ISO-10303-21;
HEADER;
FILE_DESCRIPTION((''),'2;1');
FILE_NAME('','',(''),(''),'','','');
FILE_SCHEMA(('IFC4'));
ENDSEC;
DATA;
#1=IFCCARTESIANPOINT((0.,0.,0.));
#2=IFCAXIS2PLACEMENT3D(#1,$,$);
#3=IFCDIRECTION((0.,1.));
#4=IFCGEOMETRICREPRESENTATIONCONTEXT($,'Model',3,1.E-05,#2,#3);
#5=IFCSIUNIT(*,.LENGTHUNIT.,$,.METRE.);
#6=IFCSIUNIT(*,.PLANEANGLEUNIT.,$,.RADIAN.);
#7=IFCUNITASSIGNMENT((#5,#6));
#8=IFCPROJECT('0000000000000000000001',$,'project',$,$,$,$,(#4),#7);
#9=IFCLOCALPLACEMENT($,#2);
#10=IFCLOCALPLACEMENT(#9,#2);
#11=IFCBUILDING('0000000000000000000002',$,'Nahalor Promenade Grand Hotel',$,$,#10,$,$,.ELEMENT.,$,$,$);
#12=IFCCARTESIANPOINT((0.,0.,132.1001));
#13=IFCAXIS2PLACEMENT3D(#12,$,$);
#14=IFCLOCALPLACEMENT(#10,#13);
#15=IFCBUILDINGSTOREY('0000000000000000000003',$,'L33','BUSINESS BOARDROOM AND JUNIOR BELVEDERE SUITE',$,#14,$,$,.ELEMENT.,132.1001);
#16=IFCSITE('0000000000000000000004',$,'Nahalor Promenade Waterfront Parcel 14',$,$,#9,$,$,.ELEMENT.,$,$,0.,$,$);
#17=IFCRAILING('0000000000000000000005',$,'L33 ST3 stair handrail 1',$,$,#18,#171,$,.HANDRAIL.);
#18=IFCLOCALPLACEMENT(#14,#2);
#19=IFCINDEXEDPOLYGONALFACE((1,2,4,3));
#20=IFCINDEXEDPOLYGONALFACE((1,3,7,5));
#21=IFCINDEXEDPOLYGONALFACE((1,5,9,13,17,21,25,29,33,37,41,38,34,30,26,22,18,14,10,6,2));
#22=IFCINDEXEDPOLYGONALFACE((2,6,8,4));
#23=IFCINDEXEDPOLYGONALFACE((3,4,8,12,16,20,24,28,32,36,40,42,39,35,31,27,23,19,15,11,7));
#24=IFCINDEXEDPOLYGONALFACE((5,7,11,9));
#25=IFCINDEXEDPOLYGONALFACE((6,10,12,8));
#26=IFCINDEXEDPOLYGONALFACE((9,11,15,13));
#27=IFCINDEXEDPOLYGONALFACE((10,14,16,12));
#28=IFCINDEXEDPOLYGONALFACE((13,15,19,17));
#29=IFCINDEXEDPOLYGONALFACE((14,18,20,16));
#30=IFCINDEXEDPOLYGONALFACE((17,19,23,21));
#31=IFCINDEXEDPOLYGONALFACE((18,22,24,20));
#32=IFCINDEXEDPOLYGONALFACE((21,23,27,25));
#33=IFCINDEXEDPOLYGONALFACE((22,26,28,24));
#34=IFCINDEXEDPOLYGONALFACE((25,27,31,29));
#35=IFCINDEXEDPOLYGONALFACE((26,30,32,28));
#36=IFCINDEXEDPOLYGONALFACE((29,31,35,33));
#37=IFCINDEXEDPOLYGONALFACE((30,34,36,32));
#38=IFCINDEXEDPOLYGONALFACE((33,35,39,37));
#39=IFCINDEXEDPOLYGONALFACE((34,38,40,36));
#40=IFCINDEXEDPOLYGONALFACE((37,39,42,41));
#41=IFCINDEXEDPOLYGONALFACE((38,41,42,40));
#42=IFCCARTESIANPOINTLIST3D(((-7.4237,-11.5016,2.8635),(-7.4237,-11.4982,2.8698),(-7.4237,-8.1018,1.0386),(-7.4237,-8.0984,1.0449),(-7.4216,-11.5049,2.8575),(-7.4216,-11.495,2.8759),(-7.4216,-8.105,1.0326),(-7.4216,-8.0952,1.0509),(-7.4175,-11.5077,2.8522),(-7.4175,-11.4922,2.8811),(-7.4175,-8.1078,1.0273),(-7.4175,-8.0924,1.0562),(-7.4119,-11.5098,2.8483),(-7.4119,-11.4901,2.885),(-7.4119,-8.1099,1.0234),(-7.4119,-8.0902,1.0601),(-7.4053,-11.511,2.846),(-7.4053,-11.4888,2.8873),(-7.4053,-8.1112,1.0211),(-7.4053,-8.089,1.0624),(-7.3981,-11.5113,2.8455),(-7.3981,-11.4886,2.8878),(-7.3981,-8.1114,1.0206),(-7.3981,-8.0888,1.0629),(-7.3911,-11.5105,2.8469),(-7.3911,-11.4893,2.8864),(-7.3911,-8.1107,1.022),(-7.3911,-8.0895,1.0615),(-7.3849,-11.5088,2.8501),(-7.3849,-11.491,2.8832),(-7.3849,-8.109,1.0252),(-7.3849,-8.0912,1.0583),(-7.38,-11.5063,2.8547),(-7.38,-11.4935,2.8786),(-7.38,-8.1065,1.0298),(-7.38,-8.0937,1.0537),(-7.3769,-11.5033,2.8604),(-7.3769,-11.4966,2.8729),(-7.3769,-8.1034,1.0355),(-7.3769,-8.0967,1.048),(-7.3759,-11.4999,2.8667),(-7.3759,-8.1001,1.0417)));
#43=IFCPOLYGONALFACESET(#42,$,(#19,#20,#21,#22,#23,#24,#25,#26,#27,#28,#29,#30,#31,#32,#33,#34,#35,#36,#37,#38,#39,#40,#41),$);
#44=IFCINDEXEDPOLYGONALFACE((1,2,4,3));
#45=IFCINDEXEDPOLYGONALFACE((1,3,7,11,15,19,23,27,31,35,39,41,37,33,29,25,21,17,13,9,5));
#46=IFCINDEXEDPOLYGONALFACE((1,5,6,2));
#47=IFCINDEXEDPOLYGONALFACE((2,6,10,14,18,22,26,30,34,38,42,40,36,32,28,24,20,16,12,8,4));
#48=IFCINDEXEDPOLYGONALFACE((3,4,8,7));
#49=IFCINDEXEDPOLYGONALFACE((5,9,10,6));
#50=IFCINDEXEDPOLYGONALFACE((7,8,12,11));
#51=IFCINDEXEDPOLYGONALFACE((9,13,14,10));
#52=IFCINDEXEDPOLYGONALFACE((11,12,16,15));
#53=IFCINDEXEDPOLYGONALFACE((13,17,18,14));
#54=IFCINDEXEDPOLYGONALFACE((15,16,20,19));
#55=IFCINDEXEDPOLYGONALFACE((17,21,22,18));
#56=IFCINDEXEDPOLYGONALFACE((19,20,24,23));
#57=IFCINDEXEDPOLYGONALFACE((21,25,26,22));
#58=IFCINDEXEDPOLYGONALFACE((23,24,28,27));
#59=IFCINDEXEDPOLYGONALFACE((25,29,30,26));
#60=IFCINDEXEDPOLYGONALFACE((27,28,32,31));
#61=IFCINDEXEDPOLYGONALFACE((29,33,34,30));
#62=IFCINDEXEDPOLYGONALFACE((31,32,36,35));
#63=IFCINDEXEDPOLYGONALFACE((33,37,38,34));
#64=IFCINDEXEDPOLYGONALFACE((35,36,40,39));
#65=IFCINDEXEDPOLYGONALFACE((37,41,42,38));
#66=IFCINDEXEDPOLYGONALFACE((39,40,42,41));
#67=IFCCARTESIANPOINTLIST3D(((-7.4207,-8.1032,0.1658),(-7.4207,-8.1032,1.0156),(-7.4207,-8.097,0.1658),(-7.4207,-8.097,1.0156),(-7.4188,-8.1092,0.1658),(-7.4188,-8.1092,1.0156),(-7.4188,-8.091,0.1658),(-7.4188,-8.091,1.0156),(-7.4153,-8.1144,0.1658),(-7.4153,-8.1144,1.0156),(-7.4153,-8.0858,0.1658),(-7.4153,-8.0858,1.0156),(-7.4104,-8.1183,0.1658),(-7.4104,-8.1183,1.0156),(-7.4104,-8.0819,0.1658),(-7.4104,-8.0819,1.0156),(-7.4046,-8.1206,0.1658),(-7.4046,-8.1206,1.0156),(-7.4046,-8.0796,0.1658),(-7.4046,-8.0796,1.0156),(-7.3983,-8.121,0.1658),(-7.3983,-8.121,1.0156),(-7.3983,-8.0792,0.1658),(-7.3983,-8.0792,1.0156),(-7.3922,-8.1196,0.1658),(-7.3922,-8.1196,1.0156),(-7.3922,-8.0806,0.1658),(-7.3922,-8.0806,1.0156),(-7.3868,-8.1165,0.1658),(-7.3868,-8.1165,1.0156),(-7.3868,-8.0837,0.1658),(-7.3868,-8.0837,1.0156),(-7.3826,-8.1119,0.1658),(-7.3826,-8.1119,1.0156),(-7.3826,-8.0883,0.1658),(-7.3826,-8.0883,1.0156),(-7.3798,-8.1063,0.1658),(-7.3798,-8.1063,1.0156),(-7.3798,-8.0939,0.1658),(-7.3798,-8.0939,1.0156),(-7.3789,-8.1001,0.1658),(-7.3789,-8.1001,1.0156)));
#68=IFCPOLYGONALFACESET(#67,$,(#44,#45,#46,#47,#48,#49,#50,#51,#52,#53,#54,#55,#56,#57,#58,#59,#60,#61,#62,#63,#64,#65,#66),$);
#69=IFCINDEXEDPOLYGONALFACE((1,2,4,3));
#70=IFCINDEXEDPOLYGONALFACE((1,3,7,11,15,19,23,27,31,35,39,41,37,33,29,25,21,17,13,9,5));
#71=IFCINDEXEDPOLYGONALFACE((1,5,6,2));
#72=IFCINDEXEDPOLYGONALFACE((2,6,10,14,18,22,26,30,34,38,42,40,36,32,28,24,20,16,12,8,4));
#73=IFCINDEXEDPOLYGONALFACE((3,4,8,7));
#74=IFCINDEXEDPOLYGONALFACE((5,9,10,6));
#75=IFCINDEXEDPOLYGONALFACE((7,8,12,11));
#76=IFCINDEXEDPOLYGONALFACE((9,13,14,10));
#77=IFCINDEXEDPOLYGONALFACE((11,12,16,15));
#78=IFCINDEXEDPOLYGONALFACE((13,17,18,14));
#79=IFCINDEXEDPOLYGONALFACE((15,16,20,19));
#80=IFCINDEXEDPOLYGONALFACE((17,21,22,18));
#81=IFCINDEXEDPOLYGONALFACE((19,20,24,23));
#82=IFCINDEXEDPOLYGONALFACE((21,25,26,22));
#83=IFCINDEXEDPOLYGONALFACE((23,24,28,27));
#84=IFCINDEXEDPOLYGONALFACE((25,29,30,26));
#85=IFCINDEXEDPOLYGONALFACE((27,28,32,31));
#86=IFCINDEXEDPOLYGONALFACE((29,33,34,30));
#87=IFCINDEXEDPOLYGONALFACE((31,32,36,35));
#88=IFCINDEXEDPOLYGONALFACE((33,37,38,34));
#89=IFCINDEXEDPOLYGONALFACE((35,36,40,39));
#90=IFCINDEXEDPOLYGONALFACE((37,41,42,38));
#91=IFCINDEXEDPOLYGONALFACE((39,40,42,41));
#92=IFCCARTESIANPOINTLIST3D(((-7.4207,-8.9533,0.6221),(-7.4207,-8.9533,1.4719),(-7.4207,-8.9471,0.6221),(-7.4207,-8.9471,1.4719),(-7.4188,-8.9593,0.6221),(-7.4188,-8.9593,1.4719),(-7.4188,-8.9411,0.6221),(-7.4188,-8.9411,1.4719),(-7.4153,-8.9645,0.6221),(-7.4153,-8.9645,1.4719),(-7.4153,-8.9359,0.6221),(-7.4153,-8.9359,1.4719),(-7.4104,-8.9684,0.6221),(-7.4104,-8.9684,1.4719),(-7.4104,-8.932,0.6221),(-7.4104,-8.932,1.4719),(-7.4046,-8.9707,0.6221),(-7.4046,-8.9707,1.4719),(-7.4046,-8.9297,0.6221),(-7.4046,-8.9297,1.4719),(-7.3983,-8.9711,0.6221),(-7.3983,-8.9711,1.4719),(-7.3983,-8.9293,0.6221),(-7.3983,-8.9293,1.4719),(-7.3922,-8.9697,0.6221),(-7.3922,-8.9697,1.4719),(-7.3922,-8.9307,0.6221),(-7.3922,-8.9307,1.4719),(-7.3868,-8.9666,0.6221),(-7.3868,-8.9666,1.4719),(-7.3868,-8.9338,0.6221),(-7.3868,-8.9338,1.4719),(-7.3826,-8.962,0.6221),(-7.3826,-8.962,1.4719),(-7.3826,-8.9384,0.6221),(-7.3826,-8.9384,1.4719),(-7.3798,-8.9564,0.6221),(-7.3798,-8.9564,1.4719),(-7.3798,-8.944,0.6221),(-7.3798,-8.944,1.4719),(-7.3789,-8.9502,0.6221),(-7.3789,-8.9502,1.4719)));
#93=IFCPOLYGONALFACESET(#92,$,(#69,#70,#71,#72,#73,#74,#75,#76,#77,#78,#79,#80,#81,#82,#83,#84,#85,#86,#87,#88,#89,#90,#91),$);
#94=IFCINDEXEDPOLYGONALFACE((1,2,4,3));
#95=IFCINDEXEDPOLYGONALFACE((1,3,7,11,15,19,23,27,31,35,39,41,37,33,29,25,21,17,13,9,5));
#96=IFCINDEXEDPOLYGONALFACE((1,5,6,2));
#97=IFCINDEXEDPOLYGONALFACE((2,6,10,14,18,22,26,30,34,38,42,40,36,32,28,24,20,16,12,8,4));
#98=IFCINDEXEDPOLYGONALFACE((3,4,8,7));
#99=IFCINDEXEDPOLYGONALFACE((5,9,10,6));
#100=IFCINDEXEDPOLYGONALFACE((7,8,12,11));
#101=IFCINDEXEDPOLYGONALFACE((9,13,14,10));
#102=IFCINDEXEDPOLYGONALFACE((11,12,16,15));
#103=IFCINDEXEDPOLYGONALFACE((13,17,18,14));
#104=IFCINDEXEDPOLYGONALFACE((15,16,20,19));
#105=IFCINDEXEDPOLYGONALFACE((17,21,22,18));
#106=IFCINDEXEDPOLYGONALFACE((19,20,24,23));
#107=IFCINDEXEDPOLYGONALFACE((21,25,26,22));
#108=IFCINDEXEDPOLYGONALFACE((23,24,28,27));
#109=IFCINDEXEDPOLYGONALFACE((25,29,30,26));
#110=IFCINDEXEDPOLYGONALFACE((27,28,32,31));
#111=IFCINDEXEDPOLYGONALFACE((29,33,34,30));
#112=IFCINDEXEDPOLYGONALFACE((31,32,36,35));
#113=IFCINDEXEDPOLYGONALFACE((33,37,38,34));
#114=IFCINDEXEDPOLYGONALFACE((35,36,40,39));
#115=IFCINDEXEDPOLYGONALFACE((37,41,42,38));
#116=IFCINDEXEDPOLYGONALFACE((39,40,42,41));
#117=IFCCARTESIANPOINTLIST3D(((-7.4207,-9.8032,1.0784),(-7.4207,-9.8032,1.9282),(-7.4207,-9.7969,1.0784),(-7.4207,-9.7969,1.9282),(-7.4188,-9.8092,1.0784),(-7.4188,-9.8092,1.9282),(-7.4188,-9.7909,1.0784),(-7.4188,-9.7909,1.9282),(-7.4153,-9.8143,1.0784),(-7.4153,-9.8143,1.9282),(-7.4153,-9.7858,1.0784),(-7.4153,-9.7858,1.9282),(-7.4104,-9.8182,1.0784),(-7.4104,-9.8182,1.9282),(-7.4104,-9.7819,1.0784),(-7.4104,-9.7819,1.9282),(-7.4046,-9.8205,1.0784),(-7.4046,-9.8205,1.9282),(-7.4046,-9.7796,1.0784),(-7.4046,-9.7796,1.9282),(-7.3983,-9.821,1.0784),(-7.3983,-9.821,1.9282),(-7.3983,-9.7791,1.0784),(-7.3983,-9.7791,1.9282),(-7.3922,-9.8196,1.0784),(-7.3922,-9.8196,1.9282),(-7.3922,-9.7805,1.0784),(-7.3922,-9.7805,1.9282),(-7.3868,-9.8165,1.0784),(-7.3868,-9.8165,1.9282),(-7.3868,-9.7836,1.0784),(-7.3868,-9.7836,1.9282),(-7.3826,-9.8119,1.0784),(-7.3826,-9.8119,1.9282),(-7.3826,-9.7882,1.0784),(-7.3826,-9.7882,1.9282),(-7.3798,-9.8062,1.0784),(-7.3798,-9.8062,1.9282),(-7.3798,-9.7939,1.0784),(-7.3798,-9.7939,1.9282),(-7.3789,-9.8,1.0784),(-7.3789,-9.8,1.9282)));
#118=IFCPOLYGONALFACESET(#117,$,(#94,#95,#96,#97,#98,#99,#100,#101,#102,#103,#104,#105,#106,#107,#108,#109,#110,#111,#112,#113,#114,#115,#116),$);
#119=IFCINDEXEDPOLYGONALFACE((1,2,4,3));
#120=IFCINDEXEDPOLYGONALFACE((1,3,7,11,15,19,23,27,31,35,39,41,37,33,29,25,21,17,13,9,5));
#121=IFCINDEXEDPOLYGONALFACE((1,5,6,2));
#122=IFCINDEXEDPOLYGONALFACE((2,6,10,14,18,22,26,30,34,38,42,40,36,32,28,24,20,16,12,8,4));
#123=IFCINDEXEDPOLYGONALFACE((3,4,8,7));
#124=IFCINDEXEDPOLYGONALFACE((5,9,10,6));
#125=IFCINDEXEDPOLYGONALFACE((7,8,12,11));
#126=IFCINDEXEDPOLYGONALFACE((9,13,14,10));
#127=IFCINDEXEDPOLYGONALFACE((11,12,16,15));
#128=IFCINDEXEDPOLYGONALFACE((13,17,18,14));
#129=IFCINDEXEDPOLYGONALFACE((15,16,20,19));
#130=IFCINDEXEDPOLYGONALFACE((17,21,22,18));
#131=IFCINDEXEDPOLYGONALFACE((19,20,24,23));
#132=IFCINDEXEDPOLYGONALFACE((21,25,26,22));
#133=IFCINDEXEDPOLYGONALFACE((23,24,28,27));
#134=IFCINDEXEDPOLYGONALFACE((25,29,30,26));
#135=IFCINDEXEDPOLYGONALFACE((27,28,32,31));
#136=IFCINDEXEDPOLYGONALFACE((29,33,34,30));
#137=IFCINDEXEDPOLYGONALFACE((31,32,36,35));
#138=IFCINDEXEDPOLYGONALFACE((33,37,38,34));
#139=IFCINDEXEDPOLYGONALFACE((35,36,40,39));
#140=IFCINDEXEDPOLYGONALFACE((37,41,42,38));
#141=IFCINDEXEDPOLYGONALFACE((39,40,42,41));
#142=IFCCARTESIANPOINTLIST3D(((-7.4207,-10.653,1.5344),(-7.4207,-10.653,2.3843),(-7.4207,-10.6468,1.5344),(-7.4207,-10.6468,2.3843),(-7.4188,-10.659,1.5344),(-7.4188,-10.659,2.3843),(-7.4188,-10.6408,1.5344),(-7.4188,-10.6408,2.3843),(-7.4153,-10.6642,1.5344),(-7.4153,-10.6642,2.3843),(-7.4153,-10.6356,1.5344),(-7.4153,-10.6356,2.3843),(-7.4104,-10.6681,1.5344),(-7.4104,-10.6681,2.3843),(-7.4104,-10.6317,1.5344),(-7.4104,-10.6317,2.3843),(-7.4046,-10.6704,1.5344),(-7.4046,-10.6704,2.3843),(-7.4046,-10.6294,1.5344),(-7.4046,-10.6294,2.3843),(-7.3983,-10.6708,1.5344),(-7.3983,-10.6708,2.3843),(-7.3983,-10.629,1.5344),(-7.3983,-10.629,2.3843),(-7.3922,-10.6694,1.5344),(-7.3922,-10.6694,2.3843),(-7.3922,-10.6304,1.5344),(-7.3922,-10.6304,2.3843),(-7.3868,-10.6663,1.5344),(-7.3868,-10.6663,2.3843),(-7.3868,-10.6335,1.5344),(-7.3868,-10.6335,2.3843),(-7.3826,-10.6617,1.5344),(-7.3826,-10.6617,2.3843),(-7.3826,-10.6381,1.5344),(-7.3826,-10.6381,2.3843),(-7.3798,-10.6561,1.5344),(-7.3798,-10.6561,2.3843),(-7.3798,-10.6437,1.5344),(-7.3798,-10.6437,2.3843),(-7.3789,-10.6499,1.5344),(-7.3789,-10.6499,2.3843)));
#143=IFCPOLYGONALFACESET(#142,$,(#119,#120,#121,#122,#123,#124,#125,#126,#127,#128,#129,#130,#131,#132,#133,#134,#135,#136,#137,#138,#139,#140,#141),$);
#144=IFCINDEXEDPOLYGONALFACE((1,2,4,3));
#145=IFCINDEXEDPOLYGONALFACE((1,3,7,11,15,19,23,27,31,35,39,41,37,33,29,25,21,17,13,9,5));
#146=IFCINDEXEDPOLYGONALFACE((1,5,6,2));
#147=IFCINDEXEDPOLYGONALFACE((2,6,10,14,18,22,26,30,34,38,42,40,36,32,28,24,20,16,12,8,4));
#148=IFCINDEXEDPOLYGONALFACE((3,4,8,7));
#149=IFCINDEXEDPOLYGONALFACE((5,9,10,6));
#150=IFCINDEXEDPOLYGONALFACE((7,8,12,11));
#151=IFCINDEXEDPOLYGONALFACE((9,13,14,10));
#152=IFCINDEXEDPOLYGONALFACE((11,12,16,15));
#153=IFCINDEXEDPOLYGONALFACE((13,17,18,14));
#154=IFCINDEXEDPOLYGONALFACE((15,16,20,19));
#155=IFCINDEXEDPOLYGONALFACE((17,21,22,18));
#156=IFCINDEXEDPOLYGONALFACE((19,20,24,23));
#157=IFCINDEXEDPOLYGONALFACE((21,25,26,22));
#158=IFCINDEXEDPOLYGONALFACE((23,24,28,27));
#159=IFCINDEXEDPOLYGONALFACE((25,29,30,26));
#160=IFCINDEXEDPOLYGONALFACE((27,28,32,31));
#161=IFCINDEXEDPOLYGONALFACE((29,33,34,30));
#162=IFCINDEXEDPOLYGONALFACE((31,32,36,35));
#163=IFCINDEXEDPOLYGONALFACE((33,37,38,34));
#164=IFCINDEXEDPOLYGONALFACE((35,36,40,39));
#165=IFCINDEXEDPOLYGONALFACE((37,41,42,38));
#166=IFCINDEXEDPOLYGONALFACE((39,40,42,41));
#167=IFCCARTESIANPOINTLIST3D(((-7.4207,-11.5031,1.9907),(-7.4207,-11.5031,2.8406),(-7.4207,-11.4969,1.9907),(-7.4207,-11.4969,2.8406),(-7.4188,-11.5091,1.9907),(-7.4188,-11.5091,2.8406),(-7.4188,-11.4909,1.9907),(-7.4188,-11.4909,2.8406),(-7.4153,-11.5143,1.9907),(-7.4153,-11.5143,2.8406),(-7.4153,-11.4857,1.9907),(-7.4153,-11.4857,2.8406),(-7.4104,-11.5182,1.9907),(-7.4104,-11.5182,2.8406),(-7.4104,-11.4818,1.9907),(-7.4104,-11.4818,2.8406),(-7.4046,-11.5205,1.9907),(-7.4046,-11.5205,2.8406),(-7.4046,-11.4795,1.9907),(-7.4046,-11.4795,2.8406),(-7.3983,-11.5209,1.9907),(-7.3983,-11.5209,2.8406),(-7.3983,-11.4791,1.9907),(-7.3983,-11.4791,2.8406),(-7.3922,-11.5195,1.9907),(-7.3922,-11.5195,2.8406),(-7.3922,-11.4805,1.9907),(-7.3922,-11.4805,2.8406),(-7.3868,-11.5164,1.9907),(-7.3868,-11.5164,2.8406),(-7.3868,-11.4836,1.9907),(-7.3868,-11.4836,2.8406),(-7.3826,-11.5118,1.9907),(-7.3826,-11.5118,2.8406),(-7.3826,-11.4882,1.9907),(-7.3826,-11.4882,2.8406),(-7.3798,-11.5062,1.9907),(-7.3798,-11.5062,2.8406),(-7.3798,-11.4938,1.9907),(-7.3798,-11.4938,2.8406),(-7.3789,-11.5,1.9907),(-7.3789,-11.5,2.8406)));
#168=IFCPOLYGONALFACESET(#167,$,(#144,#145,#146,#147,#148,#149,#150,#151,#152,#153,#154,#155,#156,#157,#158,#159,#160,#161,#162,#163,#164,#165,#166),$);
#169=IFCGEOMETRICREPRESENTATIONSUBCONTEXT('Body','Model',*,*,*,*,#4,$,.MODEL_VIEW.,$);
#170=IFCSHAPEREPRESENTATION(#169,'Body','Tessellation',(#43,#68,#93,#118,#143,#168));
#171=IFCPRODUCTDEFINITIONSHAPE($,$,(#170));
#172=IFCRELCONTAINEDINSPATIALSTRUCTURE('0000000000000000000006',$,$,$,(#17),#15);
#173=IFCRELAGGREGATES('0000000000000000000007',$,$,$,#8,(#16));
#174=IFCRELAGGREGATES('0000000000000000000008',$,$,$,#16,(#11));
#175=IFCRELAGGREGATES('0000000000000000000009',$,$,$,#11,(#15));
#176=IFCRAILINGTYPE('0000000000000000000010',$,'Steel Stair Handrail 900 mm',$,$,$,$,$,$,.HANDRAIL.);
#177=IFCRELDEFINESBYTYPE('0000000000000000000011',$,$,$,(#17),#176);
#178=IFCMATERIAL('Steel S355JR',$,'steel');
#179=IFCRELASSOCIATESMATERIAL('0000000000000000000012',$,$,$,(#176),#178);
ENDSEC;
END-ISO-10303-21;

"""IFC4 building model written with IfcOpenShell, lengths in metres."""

from ifc_helpers import new_model, si_unit, direction, frame, origin, origin_2d, place, context, subcontext, project, spatial, circle, extrude, material, type_object, element, save


model = new_model("IFC4")

# Units and contexts
model_context = context("Model", 3, precision=1e-05, world=origin(), true_north=direction((0.0, 1.0)))
body_context = subcontext(model_context, "Body", "Model", "MODEL_VIEW")
ifc_project = project(units=[si_unit("LENGTHUNIT", "METRE"), si_unit("PLANEANGLEUNIT", "RADIAN")], contexts=[model_context])

# Site, building, storey
site_placement = place(None, origin())
site = spatial("IfcSite", under=ifc_project, at=site_placement, Name="Nahalor Promenade Waterfront Parcel 14", CompositionType="ELEMENT", RefElevation=0.0)
building_placement = place(site_placement, origin())
building = spatial("IfcBuilding", under=site, at=building_placement, Name="Nahalor Promenade Grand Hotel", CompositionType="ELEMENT")
storey_placement = place(building_placement, frame((0.0, 0.0, 132.1001)))
storey = spatial("IfcBuildingStorey", under=building, at=storey_placement, Name="L33", Description="BUSINESS BOARDROOM AND JUNIOR BELVEDERE SUITE", CompositionType="ELEMENT", Elevation=132.1001)

# Shared definitions
ifc_material_1 = material(Name="Steel S355JR", Category="steel")

# Railing
railing_type_1 = type_object("IfcRailingType", Name="Steel Stair Handrail 900 mm", PredefinedType="HANDRAIL", material=ifc_material_1)
railing_1_placement = place(storey_placement, frame((-7.3999, -8.1001, 0.1658)))
element("IfcRailing", 1, at=railing_1_placement, inside=storey, type_object=railing_type_1, Name="L33 ST3 stair handrail 1", PredefinedType="HANDRAIL", context=body_context, shape_type="SweptSolid", body=[
    extrude(circle(Radius=0.024, at=origin_2d()), frame((0.0, 0.0, 0.876), z_axis=(0.0, -0.881094, 0.472941), x_axis=(1.0, 0.0, 0.0)), (0.0, 0.0, 1.0), 3.8586),
    extrude(circle(Radius=0.021, at=origin_2d()), origin(), (0.0, 0.0, 1.0), 0.8499),
    extrude(circle(Radius=0.021, at=origin_2d()), frame((0.0, -0.8501, 0.4563)), (0.0, 0.0, 1.0), 0.8499),
    extrude(circle(Radius=0.021, at=origin_2d()), frame((0.0, -1.7, 0.9126)), (0.0, 0.0, 1.0), 0.8499),
    extrude(circle(Radius=0.021, at=origin_2d()), frame((0.0, -2.5498, 1.3687)), (0.0, 0.0, 1.0), 0.8499),
    extrude(circle(Radius=0.021, at=origin_2d()), frame((0.0, -3.3999, 1.825)), (0.0, 0.0, 1.0), 0.8499),
])

save(model, "model.ifc")
